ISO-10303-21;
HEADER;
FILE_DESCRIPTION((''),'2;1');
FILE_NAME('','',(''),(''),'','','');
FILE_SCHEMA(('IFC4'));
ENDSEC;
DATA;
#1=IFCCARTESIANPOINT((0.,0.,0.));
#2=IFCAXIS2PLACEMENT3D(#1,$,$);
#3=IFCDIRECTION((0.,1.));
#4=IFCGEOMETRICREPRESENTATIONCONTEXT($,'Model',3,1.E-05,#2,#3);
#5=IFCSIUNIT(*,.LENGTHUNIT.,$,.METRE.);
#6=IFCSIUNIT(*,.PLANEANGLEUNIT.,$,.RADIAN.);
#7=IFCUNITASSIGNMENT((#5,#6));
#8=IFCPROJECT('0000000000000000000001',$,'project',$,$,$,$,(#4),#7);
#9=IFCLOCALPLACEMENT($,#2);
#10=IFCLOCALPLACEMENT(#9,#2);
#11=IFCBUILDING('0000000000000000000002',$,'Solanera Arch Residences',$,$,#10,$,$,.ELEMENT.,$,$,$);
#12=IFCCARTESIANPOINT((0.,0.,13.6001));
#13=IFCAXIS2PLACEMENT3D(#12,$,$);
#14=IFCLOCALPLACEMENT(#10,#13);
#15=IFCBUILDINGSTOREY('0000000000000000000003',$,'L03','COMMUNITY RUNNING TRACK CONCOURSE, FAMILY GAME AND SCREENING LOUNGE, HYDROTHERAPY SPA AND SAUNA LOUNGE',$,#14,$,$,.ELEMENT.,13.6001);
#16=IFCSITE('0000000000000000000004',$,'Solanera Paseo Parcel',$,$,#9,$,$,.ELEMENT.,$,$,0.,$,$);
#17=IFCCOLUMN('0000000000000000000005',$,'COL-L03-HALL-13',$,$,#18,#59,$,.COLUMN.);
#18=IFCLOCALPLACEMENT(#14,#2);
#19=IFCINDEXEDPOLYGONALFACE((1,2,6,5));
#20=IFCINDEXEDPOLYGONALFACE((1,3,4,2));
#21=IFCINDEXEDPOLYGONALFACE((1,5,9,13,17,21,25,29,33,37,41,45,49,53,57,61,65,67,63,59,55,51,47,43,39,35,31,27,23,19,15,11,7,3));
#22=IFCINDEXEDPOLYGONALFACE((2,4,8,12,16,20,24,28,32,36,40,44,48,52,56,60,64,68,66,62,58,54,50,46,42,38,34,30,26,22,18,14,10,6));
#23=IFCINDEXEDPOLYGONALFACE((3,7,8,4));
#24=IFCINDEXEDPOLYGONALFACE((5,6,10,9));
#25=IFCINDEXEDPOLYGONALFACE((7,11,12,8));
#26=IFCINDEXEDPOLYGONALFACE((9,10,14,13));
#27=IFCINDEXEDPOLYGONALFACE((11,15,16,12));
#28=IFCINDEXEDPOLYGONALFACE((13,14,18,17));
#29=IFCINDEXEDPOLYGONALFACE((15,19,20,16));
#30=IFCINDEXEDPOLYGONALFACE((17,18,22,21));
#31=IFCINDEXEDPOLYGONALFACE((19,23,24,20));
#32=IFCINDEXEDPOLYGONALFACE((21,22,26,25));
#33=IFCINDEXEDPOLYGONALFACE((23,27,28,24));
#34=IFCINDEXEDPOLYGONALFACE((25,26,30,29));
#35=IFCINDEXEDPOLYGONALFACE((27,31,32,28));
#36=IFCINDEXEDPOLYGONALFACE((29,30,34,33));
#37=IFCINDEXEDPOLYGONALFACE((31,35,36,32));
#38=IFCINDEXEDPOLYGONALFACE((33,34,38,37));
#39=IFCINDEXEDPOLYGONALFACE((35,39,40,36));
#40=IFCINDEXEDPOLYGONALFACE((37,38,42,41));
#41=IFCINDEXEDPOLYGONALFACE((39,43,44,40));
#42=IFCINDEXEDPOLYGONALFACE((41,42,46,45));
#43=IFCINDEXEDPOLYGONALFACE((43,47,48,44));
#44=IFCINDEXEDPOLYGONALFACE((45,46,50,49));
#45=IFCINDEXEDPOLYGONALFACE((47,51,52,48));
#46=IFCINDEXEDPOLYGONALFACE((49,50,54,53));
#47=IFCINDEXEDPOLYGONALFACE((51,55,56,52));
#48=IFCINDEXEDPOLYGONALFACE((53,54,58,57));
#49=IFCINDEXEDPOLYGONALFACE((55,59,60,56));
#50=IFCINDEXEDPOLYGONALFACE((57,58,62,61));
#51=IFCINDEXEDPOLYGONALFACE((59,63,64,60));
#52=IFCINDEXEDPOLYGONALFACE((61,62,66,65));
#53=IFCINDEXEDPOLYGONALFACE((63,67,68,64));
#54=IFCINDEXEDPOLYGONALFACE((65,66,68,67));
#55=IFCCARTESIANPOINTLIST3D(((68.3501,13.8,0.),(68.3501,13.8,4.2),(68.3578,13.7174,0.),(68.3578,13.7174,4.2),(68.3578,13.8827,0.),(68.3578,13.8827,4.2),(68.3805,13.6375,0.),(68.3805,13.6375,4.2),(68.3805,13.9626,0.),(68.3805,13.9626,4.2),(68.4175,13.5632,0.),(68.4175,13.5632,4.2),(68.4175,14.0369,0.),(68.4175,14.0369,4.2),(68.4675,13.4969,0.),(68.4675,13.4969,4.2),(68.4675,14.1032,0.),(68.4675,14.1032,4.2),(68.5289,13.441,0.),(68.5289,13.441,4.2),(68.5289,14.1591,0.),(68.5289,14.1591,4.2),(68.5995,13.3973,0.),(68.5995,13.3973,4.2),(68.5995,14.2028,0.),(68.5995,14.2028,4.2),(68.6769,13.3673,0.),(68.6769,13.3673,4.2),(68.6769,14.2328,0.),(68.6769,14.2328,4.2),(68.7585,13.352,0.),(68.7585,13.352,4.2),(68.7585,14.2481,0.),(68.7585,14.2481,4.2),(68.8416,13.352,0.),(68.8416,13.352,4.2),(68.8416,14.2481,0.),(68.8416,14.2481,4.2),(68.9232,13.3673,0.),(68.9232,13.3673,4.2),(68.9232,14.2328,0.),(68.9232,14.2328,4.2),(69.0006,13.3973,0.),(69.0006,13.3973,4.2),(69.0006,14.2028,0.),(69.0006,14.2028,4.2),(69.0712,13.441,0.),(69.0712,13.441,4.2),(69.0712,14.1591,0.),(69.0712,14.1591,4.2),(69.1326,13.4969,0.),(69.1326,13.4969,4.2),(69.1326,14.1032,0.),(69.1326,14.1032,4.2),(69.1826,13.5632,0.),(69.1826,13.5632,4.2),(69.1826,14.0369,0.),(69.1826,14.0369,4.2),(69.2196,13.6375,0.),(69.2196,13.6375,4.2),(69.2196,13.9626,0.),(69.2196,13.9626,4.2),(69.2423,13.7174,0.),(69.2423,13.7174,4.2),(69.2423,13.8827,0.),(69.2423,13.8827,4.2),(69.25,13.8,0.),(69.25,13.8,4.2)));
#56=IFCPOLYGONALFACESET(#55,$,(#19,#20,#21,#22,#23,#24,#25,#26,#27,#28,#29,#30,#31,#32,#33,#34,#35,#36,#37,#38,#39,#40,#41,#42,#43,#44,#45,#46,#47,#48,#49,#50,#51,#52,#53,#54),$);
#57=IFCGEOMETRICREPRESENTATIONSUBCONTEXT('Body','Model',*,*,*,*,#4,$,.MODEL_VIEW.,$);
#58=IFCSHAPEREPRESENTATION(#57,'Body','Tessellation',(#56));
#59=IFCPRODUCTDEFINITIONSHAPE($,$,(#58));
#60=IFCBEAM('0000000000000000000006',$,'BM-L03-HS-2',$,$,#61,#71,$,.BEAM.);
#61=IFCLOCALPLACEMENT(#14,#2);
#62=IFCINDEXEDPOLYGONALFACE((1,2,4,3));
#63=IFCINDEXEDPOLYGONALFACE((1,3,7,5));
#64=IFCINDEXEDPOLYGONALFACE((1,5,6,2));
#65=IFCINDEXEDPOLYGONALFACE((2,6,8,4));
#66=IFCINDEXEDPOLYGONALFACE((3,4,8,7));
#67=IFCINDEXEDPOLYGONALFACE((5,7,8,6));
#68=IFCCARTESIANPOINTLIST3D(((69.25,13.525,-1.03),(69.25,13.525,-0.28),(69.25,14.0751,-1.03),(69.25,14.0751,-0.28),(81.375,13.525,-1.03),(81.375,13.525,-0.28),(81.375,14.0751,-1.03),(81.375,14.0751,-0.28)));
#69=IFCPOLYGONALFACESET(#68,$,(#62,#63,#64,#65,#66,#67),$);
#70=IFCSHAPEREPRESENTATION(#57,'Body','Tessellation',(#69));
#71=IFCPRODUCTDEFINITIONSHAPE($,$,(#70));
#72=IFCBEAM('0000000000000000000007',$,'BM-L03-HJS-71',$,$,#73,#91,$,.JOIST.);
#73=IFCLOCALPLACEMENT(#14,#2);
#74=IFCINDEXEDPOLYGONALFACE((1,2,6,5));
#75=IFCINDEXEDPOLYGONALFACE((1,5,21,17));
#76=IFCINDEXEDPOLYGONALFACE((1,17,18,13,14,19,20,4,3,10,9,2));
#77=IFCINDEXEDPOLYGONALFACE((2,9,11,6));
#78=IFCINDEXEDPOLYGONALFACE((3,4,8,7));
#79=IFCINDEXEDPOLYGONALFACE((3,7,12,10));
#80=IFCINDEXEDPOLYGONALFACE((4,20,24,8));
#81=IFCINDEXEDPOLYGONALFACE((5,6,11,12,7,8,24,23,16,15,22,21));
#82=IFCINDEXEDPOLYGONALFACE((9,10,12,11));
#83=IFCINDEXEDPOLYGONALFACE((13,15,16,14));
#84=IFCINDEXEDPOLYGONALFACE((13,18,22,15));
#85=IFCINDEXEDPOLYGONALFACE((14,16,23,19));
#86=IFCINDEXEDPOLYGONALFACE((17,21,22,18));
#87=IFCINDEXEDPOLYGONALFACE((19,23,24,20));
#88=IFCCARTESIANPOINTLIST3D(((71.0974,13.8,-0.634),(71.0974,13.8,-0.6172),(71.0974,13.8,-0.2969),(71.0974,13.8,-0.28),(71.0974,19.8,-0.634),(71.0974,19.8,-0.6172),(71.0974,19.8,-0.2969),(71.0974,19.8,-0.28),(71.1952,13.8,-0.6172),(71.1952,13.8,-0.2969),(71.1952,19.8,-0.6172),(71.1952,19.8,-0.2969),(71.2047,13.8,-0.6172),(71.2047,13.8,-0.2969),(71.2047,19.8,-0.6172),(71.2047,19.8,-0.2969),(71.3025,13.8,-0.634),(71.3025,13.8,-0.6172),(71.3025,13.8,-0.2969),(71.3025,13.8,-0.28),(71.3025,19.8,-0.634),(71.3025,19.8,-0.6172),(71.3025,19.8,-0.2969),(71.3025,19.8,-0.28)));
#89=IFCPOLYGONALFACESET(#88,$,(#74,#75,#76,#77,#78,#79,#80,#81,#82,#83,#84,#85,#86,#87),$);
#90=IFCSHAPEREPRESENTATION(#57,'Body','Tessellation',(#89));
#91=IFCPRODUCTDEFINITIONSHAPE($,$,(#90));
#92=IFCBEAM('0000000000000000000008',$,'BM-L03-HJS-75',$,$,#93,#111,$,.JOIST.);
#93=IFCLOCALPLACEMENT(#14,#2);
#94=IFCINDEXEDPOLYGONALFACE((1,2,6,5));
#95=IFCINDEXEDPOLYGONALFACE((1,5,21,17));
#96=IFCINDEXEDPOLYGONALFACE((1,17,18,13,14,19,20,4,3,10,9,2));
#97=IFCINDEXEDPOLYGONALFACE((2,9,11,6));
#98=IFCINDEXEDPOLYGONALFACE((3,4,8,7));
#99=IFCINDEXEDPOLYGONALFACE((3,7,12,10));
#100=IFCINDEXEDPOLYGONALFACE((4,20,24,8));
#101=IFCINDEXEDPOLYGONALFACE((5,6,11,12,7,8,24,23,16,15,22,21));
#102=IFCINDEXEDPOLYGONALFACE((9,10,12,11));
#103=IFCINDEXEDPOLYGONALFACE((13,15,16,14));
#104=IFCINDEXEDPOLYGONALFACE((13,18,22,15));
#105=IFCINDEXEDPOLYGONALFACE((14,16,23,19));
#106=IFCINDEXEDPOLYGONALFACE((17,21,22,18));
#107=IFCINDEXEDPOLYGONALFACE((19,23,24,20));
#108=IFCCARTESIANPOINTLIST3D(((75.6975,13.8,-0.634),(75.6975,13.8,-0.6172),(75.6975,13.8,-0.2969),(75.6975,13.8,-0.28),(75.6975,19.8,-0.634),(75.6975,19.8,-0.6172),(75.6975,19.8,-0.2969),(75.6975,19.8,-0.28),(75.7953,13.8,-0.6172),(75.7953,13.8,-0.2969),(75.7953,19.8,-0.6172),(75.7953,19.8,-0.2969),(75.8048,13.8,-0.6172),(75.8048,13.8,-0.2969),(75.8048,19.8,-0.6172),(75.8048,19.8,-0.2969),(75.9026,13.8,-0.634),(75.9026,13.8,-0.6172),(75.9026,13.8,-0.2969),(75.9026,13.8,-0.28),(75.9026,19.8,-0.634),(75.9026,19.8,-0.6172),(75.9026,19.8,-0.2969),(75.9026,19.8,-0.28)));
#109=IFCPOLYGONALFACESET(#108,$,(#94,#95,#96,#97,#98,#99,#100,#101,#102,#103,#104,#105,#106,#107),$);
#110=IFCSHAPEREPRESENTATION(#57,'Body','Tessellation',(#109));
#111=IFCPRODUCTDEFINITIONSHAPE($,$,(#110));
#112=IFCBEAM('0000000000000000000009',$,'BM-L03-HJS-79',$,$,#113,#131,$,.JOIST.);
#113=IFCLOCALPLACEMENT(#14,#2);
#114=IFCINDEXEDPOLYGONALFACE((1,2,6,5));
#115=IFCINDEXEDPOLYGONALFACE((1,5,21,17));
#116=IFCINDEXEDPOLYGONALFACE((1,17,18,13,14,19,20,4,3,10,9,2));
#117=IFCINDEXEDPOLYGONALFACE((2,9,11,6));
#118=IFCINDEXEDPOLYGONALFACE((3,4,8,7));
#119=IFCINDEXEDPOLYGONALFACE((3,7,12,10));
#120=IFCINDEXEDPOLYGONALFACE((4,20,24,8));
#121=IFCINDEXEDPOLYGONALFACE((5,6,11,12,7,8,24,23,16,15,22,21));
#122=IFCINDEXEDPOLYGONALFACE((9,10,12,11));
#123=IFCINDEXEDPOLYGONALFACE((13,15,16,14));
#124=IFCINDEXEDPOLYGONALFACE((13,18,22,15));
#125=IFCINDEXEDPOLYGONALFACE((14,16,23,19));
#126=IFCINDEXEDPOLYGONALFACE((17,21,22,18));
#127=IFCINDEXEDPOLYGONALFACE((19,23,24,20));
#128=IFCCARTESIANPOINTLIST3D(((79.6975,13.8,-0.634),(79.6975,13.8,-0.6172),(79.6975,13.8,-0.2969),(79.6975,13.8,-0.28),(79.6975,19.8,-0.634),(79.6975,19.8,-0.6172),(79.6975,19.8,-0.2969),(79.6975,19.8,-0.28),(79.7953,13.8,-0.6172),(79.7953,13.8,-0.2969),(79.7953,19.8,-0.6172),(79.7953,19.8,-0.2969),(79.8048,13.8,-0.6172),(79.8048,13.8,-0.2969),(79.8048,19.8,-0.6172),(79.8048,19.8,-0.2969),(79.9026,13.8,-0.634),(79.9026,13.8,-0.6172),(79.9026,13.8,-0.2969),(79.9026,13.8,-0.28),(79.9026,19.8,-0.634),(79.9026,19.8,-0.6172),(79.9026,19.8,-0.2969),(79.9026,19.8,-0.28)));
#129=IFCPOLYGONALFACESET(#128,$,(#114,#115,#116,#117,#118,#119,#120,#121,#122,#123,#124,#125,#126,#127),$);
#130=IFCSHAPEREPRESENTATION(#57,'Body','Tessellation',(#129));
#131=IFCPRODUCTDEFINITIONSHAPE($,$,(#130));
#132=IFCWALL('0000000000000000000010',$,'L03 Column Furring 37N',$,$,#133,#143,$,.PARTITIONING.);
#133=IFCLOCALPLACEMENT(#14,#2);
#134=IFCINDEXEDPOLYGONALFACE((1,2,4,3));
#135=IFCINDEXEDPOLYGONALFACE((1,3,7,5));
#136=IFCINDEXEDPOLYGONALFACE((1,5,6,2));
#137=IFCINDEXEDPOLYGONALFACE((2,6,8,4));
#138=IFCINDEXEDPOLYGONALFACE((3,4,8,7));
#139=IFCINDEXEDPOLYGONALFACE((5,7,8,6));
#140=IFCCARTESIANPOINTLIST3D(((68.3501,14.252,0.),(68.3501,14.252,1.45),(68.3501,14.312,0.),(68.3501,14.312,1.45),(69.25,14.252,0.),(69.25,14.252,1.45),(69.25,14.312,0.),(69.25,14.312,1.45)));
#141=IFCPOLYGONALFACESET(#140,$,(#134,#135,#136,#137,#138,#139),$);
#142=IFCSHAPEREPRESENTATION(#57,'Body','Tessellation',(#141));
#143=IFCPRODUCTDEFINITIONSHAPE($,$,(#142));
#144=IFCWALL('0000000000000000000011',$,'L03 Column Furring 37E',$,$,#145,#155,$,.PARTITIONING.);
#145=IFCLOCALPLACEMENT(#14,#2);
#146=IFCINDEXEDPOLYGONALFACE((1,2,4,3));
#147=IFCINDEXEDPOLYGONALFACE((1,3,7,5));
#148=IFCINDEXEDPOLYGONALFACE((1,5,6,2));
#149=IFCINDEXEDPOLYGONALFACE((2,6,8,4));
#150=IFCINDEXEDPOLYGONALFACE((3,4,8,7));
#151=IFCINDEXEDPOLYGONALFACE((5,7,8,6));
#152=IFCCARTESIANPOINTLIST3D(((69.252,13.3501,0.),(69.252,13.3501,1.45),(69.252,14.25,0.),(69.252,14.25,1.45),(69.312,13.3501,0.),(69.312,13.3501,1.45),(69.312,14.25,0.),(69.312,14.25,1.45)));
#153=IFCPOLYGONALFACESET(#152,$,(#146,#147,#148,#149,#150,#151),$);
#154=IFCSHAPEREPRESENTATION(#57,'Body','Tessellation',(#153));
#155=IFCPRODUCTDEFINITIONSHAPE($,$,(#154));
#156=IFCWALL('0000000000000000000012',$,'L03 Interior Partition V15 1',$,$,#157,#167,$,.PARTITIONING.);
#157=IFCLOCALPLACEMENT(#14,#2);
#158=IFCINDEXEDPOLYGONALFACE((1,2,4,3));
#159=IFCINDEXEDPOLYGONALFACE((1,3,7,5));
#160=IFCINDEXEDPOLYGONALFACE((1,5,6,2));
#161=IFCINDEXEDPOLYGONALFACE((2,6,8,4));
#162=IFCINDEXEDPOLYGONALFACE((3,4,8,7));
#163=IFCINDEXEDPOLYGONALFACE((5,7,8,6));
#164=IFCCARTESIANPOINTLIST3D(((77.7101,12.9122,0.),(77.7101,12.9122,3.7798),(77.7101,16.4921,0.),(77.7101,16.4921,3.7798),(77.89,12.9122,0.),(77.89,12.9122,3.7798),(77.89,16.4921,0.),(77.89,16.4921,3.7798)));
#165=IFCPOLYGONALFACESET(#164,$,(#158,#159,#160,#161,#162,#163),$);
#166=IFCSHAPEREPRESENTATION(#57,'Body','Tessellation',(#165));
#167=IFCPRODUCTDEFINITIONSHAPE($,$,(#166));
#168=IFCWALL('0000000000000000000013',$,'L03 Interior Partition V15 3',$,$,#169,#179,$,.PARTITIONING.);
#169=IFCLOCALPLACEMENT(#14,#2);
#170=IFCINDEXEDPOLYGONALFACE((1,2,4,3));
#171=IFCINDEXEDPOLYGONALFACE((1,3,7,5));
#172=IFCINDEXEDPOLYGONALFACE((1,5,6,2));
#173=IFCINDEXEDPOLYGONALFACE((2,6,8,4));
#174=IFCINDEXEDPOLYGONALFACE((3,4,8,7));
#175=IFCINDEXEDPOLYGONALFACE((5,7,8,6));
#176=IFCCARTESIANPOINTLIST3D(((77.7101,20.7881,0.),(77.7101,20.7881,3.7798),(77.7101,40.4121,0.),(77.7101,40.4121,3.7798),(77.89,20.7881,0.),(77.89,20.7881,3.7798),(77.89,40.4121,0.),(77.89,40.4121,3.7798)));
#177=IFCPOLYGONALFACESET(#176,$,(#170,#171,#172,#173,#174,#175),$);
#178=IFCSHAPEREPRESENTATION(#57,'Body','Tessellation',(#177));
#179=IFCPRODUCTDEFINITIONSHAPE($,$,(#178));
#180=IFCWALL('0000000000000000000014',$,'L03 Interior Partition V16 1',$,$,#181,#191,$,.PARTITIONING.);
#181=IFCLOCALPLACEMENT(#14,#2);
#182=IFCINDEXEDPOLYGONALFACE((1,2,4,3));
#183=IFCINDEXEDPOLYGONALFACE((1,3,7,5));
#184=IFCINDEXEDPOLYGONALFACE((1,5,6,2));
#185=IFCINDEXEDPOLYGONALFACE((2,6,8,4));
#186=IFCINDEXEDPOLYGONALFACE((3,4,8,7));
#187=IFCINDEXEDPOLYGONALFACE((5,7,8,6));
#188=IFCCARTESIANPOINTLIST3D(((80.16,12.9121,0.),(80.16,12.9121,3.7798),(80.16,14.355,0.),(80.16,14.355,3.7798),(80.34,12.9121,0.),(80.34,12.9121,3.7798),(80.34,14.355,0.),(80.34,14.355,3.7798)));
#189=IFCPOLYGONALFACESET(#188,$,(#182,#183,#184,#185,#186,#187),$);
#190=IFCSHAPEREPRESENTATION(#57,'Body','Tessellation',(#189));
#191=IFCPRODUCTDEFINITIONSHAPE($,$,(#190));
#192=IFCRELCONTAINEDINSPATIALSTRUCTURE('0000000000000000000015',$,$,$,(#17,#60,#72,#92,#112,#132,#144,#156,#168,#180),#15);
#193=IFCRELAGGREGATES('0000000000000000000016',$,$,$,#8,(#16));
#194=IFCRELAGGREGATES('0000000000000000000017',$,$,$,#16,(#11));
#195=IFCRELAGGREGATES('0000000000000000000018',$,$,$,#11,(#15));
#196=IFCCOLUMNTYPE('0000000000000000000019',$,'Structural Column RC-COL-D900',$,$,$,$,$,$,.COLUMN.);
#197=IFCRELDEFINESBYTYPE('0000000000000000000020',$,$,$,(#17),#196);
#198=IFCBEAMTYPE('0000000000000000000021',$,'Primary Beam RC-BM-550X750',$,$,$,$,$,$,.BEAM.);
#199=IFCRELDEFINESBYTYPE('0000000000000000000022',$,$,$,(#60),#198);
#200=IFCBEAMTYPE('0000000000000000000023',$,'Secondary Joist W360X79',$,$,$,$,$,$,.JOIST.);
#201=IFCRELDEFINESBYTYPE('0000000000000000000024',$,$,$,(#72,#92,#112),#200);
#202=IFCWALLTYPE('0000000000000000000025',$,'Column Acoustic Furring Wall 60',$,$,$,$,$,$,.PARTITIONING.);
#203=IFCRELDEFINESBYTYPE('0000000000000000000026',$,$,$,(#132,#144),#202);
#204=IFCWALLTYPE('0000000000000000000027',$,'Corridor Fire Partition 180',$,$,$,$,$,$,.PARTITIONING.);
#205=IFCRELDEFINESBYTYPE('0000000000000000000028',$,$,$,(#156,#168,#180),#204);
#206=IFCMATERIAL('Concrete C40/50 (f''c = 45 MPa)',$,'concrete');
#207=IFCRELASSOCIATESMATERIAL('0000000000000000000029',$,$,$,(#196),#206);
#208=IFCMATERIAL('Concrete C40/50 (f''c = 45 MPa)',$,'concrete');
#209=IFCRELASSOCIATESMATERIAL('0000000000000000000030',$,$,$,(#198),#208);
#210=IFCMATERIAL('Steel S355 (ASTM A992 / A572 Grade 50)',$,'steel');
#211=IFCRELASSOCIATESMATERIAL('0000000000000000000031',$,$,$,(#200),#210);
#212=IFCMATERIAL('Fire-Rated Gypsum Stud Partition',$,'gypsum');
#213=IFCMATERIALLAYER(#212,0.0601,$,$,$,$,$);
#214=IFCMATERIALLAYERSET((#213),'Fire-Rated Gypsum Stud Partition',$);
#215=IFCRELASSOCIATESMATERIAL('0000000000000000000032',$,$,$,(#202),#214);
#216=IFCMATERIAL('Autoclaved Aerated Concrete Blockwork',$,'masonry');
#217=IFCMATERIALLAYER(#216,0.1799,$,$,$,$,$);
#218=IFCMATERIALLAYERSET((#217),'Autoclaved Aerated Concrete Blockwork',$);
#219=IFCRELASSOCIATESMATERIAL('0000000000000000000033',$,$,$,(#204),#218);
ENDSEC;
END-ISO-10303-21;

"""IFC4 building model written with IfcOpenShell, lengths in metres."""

from ifc_helpers import new_model, si_unit, direction, frame, frame_2d, origin, origin_2d, place, context, subcontext, project, spatial, rectangle, circle, i_section, extrude, material, layer, layer_set, material_profile, profile_set, type_object, element, save


model = new_model("IFC4")

# Units and contexts
model_context = context("Model", 3, precision=1e-05, world=origin(), true_north=direction((0.0, 1.0)))
body_context = subcontext(model_context, "Body", "Model", "MODEL_VIEW")
ifc_project = project(units=[si_unit("LENGTHUNIT", "METRE"), si_unit("PLANEANGLEUNIT", "RADIAN")], contexts=[model_context])

# Site, building, storey
site_placement = place(None, origin())
site = spatial("IfcSite", under=ifc_project, at=site_placement, Name="Solanera Paseo Parcel", CompositionType="ELEMENT", RefElevation=0.0)
building_placement = place(site_placement, origin())
building = spatial("IfcBuilding", under=site, at=building_placement, Name="Solanera Arch Residences", CompositionType="ELEMENT")
storey_placement = place(building_placement, frame((0.0, 0.0, 13.6001)))
storey = spatial("IfcBuildingStorey", under=building, at=storey_placement, Name="L03", Description="COMMUNITY RUNNING TRACK CONCOURSE, FAMILY GAME AND SCREENING LOUNGE, HYDROTHERAPY SPA AND SAUNA LOUNGE", CompositionType="ELEMENT", Elevation=13.6001)

# Column
ifc_material_1 = material(Name="Concrete C40/50 (f'c = 45 MPa)", Category="concrete")
ifc_material_profile_1 = material_profile(ifc_material_1, circle(Radius=0.45, at=origin_2d()))
ifc_profile_set_1 = profile_set([ifc_material_profile_1], Name="Concrete C40/50 (f'c = 45 MPa)")
column_type = type_object("IfcColumnType", Name="Structural Column RC-COL-D900", PredefinedType="COLUMN", material=ifc_profile_set_1)
column_placement = place(storey_placement, frame((68.8, 13.8, 0.0), z_axis=(0.0, 0.0, 1.0), x_axis=(1.0, 0.0, 0.0)))
element("IfcColumn", 1, at=column_placement, inside=storey, type_object=column_type, Name="COL-L03-HALL-13", PredefinedType="COLUMN", context=body_context, shape_type="SweptSolid", body=[
    extrude(circle(Radius=0.45, at=origin_2d()), origin(), (0.0, 0.0, 1.0), 4.2),
])

# Beams
ifc_material_2 = material(Name="Concrete C40/50 (f'c = 45 MPa)", Category="concrete")
ifc_material_profile_2 = material_profile(ifc_material_2, rectangle(XDim=0.55, YDim=0.75, at=origin_2d()))
ifc_profile_set_2 = profile_set([ifc_material_profile_2], Name="Concrete C40/50 (f'c = 45 MPa)")
beam_type_1 = type_object("IfcBeamType", Name="Primary Beam RC-BM-550X750", PredefinedType="BEAM", material=ifc_profile_set_2)
beam_placement = place(storey_placement, frame((69.25, 13.8, -0.655), z_axis=(1.0, 0.0, 0.0), x_axis=(0.0, 1.0, 0.0)))
element("IfcBeam", 2, at=beam_placement, inside=storey, type_object=beam_type_1, Name="BM-L03-HS-2", PredefinedType="BEAM", context=body_context, shape_type="SweptSolid", body=[
    extrude(rectangle(XDim=0.55, YDim=0.75, at=origin_2d()), origin(), (0.0, 0.0, 1.0), 12.125),
])
ifc_material_3 = material(Name="Steel S355 (ASTM A992 / A572 Grade 50)", Category="steel")
ifc_material_profile_3 = material_profile(ifc_material_3, i_section(OverallWidth=0.2051, OverallDepth=0.354, WebThickness=0.0095, FlangeThickness=0.0168, at=origin_2d()))
ifc_profile_set_3 = profile_set([ifc_material_profile_3], Name="Steel S355 (ASTM A992 / A572 Grade 50)")
beam_type_2 = type_object("IfcBeamType", Name="Secondary Joist W360X79", PredefinedType="JOIST", material=ifc_profile_set_3)
for number, where, z_axis, x_axis, name in (
    (3, (71.2, 13.8, -0.457), (0.0, 1.0, 0.0), (-1.0, 0.0, 0.0), "BM-L03-HJS-71"),
    (4, (75.8, 13.8, -0.457), (0.0, 1.0, 0.0), (-1.0, 0.0, 0.0), "BM-L03-HJS-75"),
    (5, (79.8, 13.8, -0.457), (0.0, 1.0, 0.0), (-1.0, 0.0, 0.0), "BM-L03-HJS-79"),
):
    element("IfcBeam", number, at=place(storey_placement, frame(where, z_axis=z_axis, x_axis=x_axis)), inside=storey, type_object=beam_type_2, Name=name, PredefinedType="JOIST", context=body_context, shape_type="SweptSolid", body=[
        extrude(i_section(OverallWidth=0.2051, OverallDepth=0.354, WebThickness=0.0095, FlangeThickness=0.0168, at=origin_2d()), origin(), (0.0, 0.0, 1.0), 6.0),
    ])

# Walls
ifc_material_4 = material(Name="Fire-Rated Gypsum Stud Partition", Category="gypsum")
ifc_layer_1 = layer(ifc_material_4, 0.0601)
ifc_layer_set_1 = layer_set([ifc_layer_1], Name="Fire-Rated Gypsum Stud Partition")
wall_type_1 = type_object("IfcWallType", Name="Column Acoustic Furring Wall 60", PredefinedType="PARTITIONING", material=ifc_layer_set_1)
for number, where, z_axis, x_axis, name in (
    (6, (68.3501, 14.282, 0.0), (0.0, 0.0, 1.0), (1.0, 0.0, 0.0), "L03 Column Furring 37N"),
    (7, (69.282, 13.3501, 0.0), (0.0, 0.0, 1.0), (0.0, 1.0, 0.0), "L03 Column Furring 37E"),
):
    element("IfcWall", number, at=place(storey_placement, frame(where, z_axis=z_axis, x_axis=x_axis)), inside=storey, type_object=wall_type_1, Name=name, PredefinedType="PARTITIONING", context=body_context, shape_type="SweptSolid", body=[
        extrude(rectangle(XDim=0.8999, YDim=0.0601, at=frame_2d((0.45, 0.0))), origin(), (0.0, 0.0, 1.0), 1.45),
    ])
ifc_material_5 = material(Name="Autoclaved Aerated Concrete Blockwork", Category="masonry")
ifc_layer_2 = layer(ifc_material_5, 0.1799)
ifc_layer_set_2 = layer_set([ifc_layer_2], Name="Autoclaved Aerated Concrete Blockwork")
wall_type_2 = type_object("IfcWallType", Name="Corridor Fire Partition 180", PredefinedType="PARTITIONING", material=ifc_layer_set_2)
wall_1_placement = place(storey_placement, frame((77.8, 12.9121, 0.0), z_axis=(0.0, 0.0, 1.0), x_axis=(0.0, 1.0, 0.0)))
element("IfcWall", 8, at=wall_1_placement, inside=storey, type_object=wall_type_2, Name="L03 Interior Partition V15 1", PredefinedType="PARTITIONING", context=body_context, shape_type="SweptSolid", body=[
    extrude(rectangle(XDim=3.5798, YDim=0.1799, at=frame_2d((1.79, 0.0))), origin(), (0.0, 0.0, 1.0), 3.7798),
])

# Walls
wall_2_placement = place(storey_placement, frame((77.8, 20.7881, 0.0), z_axis=(0.0, 0.0, 1.0), x_axis=(0.0, 1.0, 0.0)))
element("IfcWall", 9, at=wall_2_placement, inside=storey, type_object=wall_type_2, Name="L03 Interior Partition V15 3", PredefinedType="PARTITIONING", context=body_context, shape_type="SweptSolid", body=[
    extrude(rectangle(XDim=19.624, YDim=0.1799, at=frame_2d((9.812, 0.0))), origin(), (0.0, 0.0, 1.0), 3.7798),
])
wall_3_placement = place(storey_placement, frame((80.25, 12.9121, 0.0), z_axis=(0.0, 0.0, 1.0), x_axis=(0.0, 1.0, 0.0)))
element("IfcWall", 10, at=wall_3_placement, inside=storey, type_object=wall_type_2, Name="L03 Interior Partition V16 1", PredefinedType="PARTITIONING", context=body_context, shape_type="SweptSolid", body=[
    extrude(rectangle(XDim=1.4429, YDim=0.1799, at=frame_2d((0.7214, 0.0))), origin(), (0.0, 0.0, 1.0), 3.7798),
])

save(model, "model.ifc")
